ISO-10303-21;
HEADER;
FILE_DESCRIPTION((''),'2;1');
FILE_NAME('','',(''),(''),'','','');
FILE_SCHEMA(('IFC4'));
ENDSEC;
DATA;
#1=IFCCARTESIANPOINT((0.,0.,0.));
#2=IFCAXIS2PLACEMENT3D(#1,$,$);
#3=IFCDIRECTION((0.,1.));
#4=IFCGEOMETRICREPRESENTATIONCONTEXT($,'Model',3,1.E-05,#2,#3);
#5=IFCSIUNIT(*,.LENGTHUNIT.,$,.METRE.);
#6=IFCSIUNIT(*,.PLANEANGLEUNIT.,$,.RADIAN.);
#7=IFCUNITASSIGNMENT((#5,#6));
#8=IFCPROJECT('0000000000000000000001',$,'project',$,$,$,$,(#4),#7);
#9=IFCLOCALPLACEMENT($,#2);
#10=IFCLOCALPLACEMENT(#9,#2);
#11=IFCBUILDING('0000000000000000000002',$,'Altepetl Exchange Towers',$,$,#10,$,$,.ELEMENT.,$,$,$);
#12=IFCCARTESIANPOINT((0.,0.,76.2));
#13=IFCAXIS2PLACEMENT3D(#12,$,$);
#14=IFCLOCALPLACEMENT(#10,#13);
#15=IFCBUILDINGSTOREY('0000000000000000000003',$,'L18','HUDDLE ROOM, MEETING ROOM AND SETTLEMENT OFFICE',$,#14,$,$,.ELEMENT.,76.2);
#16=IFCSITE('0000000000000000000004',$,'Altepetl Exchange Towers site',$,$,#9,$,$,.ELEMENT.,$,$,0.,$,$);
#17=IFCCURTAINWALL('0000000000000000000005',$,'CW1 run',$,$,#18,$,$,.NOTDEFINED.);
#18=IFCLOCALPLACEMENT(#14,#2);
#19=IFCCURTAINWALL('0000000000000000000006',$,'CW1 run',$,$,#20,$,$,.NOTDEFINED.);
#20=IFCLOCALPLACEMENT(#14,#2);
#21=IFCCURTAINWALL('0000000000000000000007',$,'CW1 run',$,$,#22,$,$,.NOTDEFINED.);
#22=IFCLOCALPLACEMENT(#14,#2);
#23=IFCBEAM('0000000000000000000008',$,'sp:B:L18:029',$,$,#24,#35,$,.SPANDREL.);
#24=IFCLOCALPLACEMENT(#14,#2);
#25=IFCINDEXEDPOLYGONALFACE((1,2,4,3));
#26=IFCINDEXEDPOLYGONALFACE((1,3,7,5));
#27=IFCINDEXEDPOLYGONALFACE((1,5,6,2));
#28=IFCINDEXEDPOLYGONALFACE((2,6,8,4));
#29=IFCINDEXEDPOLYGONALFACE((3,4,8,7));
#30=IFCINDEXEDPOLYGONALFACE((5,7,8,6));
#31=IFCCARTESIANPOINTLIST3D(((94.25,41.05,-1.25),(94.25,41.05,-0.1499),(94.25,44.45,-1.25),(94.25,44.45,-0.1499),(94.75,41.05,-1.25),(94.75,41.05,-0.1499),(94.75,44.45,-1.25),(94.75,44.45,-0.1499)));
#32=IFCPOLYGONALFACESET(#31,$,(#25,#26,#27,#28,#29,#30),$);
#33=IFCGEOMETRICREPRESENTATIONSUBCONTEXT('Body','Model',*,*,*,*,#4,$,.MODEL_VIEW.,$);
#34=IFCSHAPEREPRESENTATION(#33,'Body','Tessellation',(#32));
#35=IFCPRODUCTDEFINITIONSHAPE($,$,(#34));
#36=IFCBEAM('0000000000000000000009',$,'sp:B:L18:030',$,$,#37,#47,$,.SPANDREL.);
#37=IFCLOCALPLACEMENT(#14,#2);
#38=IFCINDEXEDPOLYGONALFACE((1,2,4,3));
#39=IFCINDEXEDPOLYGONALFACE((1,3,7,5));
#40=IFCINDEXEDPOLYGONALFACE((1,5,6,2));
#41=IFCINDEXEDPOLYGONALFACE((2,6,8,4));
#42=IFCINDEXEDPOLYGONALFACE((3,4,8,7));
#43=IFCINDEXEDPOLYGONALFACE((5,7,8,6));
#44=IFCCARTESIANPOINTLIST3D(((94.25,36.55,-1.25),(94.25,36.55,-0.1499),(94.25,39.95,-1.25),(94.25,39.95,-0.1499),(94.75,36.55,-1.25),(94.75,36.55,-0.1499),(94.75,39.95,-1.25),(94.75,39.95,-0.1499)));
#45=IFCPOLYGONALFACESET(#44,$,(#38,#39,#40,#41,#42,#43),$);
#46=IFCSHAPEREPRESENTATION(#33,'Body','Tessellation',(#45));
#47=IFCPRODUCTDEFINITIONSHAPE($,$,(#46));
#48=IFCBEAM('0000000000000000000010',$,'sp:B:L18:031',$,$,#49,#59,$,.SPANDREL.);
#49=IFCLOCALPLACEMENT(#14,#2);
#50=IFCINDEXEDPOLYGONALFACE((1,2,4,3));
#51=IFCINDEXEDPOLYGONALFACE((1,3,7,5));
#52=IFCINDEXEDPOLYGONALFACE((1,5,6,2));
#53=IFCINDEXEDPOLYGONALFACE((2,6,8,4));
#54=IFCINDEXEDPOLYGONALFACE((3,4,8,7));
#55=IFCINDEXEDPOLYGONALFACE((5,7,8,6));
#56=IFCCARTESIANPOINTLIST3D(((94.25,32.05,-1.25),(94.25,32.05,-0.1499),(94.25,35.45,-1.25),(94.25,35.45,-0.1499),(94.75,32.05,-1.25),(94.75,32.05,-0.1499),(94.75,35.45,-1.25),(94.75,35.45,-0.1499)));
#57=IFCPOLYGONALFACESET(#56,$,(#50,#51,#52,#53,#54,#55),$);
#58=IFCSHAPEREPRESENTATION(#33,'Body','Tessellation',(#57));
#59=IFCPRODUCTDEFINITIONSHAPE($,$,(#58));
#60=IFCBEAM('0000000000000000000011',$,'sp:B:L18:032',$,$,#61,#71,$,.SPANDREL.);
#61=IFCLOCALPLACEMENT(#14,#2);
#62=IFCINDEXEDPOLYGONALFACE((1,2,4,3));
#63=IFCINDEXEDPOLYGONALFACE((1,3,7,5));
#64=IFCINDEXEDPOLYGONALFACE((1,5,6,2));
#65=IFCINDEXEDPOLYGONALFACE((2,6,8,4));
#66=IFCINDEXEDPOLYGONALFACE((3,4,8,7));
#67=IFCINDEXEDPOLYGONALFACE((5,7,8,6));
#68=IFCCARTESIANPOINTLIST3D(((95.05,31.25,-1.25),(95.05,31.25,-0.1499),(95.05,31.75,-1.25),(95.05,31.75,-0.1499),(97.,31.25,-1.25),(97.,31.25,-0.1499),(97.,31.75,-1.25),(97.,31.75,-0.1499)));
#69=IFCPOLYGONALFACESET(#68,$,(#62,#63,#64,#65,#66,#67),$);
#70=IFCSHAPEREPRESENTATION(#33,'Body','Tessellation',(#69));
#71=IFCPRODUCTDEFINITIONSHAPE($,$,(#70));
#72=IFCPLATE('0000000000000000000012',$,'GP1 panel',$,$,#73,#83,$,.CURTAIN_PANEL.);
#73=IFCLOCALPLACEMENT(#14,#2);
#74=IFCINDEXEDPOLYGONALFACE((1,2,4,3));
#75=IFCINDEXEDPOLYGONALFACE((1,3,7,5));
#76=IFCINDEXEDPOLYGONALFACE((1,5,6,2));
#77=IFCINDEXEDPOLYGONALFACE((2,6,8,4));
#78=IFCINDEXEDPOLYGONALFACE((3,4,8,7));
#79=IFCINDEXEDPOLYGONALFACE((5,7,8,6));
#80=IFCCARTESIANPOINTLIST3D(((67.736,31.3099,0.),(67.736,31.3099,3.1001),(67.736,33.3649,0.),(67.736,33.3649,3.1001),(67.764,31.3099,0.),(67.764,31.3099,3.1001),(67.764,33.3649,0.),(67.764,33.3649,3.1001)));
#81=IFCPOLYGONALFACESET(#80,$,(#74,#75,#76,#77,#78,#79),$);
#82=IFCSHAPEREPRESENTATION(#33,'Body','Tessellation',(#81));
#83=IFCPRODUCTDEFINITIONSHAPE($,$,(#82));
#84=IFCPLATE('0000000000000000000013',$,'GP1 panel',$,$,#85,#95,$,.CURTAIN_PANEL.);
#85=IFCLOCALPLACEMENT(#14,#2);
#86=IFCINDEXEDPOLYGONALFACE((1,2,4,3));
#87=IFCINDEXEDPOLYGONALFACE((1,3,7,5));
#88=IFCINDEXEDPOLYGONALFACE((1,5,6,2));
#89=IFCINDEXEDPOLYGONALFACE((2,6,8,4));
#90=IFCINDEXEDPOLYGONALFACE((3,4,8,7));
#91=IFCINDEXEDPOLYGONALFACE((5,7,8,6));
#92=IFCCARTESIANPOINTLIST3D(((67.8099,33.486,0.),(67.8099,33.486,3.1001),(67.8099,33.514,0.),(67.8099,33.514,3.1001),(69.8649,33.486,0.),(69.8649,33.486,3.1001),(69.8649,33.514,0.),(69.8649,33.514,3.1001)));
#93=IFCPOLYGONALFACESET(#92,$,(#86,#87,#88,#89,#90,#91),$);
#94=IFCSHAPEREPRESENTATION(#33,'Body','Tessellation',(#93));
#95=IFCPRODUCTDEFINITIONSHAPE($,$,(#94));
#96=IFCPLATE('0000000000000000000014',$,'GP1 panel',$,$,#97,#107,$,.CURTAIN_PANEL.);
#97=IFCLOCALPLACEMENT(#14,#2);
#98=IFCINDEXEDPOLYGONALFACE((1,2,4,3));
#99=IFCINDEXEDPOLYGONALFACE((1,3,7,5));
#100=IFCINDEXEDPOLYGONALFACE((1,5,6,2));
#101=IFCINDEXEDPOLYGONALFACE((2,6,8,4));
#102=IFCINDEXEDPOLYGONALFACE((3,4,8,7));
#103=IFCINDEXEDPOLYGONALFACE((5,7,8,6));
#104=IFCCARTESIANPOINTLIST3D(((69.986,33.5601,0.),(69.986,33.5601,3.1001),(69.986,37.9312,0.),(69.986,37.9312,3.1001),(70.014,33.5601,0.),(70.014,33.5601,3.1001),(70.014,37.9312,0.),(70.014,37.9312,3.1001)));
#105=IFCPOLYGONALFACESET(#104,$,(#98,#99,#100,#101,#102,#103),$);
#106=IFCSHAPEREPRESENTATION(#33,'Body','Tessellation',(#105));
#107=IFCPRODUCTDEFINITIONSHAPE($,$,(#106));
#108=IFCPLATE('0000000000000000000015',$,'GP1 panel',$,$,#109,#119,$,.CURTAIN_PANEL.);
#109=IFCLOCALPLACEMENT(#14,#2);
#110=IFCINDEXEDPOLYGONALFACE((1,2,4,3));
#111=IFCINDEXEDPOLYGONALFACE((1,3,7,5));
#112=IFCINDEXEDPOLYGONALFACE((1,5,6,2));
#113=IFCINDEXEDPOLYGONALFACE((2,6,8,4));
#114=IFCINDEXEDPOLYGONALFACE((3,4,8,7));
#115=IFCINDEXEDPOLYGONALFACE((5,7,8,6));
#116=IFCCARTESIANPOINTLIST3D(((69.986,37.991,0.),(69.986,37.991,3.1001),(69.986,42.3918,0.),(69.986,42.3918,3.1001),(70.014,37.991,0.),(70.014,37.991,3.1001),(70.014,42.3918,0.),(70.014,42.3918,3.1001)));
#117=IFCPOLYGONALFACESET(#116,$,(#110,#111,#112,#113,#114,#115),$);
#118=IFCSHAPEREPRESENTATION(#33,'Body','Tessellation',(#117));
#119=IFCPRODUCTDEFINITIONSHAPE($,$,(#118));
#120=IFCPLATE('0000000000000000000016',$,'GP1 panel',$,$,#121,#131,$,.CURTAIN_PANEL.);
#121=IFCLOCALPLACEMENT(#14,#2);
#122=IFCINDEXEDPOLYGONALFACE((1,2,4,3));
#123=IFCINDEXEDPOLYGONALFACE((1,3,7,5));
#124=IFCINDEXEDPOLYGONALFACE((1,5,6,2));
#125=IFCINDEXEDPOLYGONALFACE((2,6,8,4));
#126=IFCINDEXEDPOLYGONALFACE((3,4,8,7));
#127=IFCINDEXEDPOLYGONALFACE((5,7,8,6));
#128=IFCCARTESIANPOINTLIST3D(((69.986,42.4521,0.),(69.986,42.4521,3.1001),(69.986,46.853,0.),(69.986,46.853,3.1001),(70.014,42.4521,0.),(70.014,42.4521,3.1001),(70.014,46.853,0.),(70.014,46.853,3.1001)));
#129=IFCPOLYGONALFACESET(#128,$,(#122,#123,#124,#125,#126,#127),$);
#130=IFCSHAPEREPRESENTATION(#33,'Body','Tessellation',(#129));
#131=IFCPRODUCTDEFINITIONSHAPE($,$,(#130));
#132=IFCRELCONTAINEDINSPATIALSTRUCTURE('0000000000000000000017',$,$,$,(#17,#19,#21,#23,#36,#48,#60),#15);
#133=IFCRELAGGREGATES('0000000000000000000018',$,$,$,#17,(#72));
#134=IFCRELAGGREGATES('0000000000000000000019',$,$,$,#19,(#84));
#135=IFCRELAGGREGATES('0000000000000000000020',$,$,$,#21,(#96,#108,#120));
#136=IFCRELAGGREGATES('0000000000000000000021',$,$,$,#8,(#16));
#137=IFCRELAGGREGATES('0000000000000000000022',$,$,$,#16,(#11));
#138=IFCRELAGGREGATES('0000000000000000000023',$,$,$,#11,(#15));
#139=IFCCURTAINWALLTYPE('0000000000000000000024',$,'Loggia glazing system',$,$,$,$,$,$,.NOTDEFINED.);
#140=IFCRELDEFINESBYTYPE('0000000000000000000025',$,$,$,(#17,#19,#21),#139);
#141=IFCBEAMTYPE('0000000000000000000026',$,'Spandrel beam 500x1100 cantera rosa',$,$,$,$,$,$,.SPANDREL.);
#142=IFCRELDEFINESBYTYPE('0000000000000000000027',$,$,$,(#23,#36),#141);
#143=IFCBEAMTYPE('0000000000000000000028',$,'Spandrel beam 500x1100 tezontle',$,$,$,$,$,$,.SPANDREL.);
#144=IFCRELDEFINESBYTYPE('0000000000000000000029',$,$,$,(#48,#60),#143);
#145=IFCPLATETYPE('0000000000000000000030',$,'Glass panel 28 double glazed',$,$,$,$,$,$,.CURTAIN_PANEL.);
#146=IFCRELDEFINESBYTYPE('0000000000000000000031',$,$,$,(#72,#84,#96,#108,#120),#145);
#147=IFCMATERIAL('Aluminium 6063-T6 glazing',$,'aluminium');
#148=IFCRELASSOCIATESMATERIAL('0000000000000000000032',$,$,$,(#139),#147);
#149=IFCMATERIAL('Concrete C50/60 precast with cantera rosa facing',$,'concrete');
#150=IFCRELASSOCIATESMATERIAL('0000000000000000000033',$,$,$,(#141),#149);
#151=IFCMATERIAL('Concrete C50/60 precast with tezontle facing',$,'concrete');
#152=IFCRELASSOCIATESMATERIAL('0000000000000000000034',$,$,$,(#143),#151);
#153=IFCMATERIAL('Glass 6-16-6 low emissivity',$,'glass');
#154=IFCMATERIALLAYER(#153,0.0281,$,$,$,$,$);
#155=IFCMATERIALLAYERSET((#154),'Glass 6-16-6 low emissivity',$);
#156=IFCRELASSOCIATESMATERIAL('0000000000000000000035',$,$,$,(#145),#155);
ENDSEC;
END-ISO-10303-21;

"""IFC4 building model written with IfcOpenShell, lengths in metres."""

from ifc_helpers import new_model, si_unit, direction, frame, origin, origin_2d, place, context, subcontext, project, spatial, rectangle, extrude, material, layer, layer_set, material_profile, profile_set, type_object, element, aggregate, save


model = new_model("IFC4")

# Units and contexts
model_context = context("Model", 3, precision=1e-05, world=origin(), true_north=direction((0.0, 1.0)))
body_context = subcontext(model_context, "Body", "Model", "MODEL_VIEW")
ifc_project = project(units=[si_unit("LENGTHUNIT", "METRE"), si_unit("PLANEANGLEUNIT", "RADIAN")], contexts=[model_context])

# Site, building, storey
site_placement = place(None, origin())
site = spatial("IfcSite", under=ifc_project, at=site_placement, Name="Altepetl Exchange Towers site", CompositionType="ELEMENT", RefElevation=0.0)
building_placement = place(site_placement, origin())
building = spatial("IfcBuilding", under=site, at=building_placement, Name="Altepetl Exchange Towers", CompositionType="ELEMENT")
storey_placement = place(building_placement, frame((0.0, 0.0, 76.2)))
storey = spatial("IfcBuildingStorey", under=building, at=storey_placement, Name="L18", Description="HUDDLE ROOM, MEETING ROOM AND SETTLEMENT OFFICE", CompositionType="ELEMENT", Elevation=76.2)

# Shared definitions
ifc_material_1 = material(Name="Aluminium 6063-T6 glazing", Category="aluminium")
curtain_wall_type = type_object("IfcCurtainWallType", Name="Loggia glazing system", PredefinedType="NOTDEFINED", material=ifc_material_1)

# Curtain walls
curtain_wall_1_placement = place(storey_placement, origin())
curtain_wall_1 = element("IfcCurtainWall", 1, at=curtain_wall_1_placement, inside=storey, type_object=curtain_wall_type, Name="CW1 run", PredefinedType="NOTDEFINED")
curtain_wall_2_placement = place(storey_placement, origin())
curtain_wall_2 = element("IfcCurtainWall", 2, at=curtain_wall_2_placement, inside=storey, type_object=curtain_wall_type, Name="CW1 run", PredefinedType="NOTDEFINED")
curtain_wall_3_placement = place(storey_placement, origin())
curtain_wall_3 = element("IfcCurtainWall", 3, at=curtain_wall_3_placement, inside=storey, type_object=curtain_wall_type, Name="CW1 run", PredefinedType="NOTDEFINED")

# Beams
ifc_material_2 = material(Name="Concrete C50/60 precast with cantera rosa facing", Category="concrete")
ifc_material_profile_1 = material_profile(ifc_material_2, rectangle(XDim=0.5, YDim=1.1001, at=origin_2d()), Name="500 x 1100")
ifc_profile_set_1 = profile_set([ifc_material_profile_1], Name="Concrete C50/60 precast with cantera rosa facing")
beam_type_1 = type_object("IfcBeamType", Name="Spandrel beam 500x1100 cantera rosa", PredefinedType="SPANDREL", material=ifc_profile_set_1)
for number, where, z_axis, x_axis, name in (
    (4, (94.5, 44.45, -0.7), (0.0, -1.0, 0.0), (1.0, 0.0, 0.0), "sp:B:L18:029"),
    (5, (94.5, 39.95, -0.7), (0.0, -1.0, 0.0), (1.0, 0.0, 0.0), "sp:B:L18:030"),
):
    element("IfcBeam", number, at=place(storey_placement, frame(where, z_axis=z_axis, x_axis=x_axis)), inside=storey, type_object=beam_type_1, Name=name, PredefinedType="SPANDREL", context=body_context, shape_type="SweptSolid", body=[
        extrude(rectangle(XDim=0.5, YDim=1.1001, at=origin_2d()), origin(), (0.0, 0.0, 1.0), 3.3999),
    ])
ifc_material_3 = material(Name="Concrete C50/60 precast with tezontle facing", Category="concrete")
ifc_material_profile_2 = material_profile(ifc_material_3, rectangle(XDim=0.5, YDim=1.1001, at=origin_2d()), Name="500 x 1100")
ifc_profile_set_2 = profile_set([ifc_material_profile_2], Name="Concrete C50/60 precast with tezontle facing")
beam_type_2 = type_object("IfcBeamType", Name="Spandrel beam 500x1100 tezontle", PredefinedType="SPANDREL", material=ifc_profile_set_2)
beam_1_placement = place(storey_placement, frame((94.5, 35.45, -0.7), z_axis=(0.0, -1.0, 0.0), x_axis=(1.0, 0.0, 0.0)))
element("IfcBeam", 6, at=beam_1_placement, inside=storey, type_object=beam_type_2, Name="sp:B:L18:031", PredefinedType="SPANDREL", context=body_context, shape_type="SweptSolid", body=[
    extrude(rectangle(XDim=0.5, YDim=1.1001, at=origin_2d()), origin(), (0.0, 0.0, 1.0), 3.3999),
])
beam_2_placement = place(storey_placement, frame((95.05, 31.5, -0.7), z_axis=(1.0, 0.0, 0.0), x_axis=(0.0, 1.0, 0.0)))
element("IfcBeam", 7, at=beam_2_placement, inside=storey, type_object=beam_type_2, Name="sp:B:L18:032", PredefinedType="SPANDREL", context=body_context, shape_type="SweptSolid", body=[
    extrude(rectangle(XDim=0.5, YDim=1.1001, at=origin_2d()), origin(), (0.0, 0.0, 1.0), 1.95),
])

# Plates
ifc_material_4 = material(Name="Glass 6-16-6 low emissivity", Category="glass")
ifc_layer = layer(ifc_material_4, 0.0281)
ifc_layer_set = layer_set([ifc_layer], Name="Glass 6-16-6 low emissivity")
plate_type = type_object("IfcPlateType", Name="Glass panel 28 double glazed", PredefinedType="CURTAIN_PANEL", material=ifc_layer_set)
plate_1_placement = place(storey_placement, frame((67.75, 32.3374, 0.0), z_axis=(0.0, 0.0, 1.0), x_axis=(0.0, 1.0, 0.0)))
plate_1 = element("IfcPlate", 8, at=plate_1_placement, type_object=plate_type, Name="GP1 panel", PredefinedType="CURTAIN_PANEL", context=body_context, shape_type="SweptSolid", body=[
    extrude(rectangle(XDim=2.0549, YDim=0.0281, at=origin_2d()), origin(), (0.0, 0.0, 1.0), 3.1001),
])
aggregate(curtain_wall_1, [plate_1])
plate_2_placement = place(storey_placement, frame((68.8374, 33.5, 0.0)))
plate_2 = element("IfcPlate", 9, at=plate_2_placement, type_object=plate_type, Name="GP1 panel", PredefinedType="CURTAIN_PANEL", context=body_context, shape_type="SweptSolid", body=[
    extrude(rectangle(XDim=2.0549, YDim=0.0281, at=origin_2d()), origin(), (0.0, 0.0, 1.0), 3.1001),
])
aggregate(curtain_wall_2, [plate_2])
plate_3_placement = place(storey_placement, frame((70.0, 35.7456, 0.0), z_axis=(0.0, 0.0, 1.0), x_axis=(0.0, 1.0, 0.0)))
plate_3 = element("IfcPlate", 10, at=plate_3_placement, type_object=plate_type, Name="GP1 panel", PredefinedType="CURTAIN_PANEL", context=body_context, shape_type="SweptSolid", body=[
    extrude(rectangle(XDim=4.3711, YDim=0.0281, at=origin_2d()), origin(), (0.0, 0.0, 1.0), 3.1001),
])
plate_4_placement = place(storey_placement, frame((70.0, 40.1914, 0.0), z_axis=(0.0, 0.0, 1.0), x_axis=(0.0, 1.0, 0.0)))
plate_4 = element("IfcPlate", 11, at=plate_4_placement, type_object=plate_type, Name="GP1 panel", PredefinedType="CURTAIN_PANEL", context=body_context, shape_type="SweptSolid", body=[
    extrude(rectangle(XDim=4.4009, YDim=0.0281, at=origin_2d()), origin(), (0.0, 0.0, 1.0), 3.1001),
])
plate_5_placement = place(storey_placement, frame((70.0, 44.6526, 0.0), z_axis=(0.0, 0.0, 1.0), x_axis=(0.0, 1.0, 0.0)))
plate_5 = element("IfcPlate", 12, at=plate_5_placement, type_object=plate_type, Name="GP1 panel", PredefinedType="CURTAIN_PANEL", context=body_context, shape_type="SweptSolid", body=[
    extrude(rectangle(XDim=4.4009, YDim=0.0281, at=origin_2d()), origin(), (0.0, 0.0, 1.0), 3.1001),
])
aggregate(curtain_wall_3, [plate_3, plate_4, plate_5])

save(model, "model.ifc")
